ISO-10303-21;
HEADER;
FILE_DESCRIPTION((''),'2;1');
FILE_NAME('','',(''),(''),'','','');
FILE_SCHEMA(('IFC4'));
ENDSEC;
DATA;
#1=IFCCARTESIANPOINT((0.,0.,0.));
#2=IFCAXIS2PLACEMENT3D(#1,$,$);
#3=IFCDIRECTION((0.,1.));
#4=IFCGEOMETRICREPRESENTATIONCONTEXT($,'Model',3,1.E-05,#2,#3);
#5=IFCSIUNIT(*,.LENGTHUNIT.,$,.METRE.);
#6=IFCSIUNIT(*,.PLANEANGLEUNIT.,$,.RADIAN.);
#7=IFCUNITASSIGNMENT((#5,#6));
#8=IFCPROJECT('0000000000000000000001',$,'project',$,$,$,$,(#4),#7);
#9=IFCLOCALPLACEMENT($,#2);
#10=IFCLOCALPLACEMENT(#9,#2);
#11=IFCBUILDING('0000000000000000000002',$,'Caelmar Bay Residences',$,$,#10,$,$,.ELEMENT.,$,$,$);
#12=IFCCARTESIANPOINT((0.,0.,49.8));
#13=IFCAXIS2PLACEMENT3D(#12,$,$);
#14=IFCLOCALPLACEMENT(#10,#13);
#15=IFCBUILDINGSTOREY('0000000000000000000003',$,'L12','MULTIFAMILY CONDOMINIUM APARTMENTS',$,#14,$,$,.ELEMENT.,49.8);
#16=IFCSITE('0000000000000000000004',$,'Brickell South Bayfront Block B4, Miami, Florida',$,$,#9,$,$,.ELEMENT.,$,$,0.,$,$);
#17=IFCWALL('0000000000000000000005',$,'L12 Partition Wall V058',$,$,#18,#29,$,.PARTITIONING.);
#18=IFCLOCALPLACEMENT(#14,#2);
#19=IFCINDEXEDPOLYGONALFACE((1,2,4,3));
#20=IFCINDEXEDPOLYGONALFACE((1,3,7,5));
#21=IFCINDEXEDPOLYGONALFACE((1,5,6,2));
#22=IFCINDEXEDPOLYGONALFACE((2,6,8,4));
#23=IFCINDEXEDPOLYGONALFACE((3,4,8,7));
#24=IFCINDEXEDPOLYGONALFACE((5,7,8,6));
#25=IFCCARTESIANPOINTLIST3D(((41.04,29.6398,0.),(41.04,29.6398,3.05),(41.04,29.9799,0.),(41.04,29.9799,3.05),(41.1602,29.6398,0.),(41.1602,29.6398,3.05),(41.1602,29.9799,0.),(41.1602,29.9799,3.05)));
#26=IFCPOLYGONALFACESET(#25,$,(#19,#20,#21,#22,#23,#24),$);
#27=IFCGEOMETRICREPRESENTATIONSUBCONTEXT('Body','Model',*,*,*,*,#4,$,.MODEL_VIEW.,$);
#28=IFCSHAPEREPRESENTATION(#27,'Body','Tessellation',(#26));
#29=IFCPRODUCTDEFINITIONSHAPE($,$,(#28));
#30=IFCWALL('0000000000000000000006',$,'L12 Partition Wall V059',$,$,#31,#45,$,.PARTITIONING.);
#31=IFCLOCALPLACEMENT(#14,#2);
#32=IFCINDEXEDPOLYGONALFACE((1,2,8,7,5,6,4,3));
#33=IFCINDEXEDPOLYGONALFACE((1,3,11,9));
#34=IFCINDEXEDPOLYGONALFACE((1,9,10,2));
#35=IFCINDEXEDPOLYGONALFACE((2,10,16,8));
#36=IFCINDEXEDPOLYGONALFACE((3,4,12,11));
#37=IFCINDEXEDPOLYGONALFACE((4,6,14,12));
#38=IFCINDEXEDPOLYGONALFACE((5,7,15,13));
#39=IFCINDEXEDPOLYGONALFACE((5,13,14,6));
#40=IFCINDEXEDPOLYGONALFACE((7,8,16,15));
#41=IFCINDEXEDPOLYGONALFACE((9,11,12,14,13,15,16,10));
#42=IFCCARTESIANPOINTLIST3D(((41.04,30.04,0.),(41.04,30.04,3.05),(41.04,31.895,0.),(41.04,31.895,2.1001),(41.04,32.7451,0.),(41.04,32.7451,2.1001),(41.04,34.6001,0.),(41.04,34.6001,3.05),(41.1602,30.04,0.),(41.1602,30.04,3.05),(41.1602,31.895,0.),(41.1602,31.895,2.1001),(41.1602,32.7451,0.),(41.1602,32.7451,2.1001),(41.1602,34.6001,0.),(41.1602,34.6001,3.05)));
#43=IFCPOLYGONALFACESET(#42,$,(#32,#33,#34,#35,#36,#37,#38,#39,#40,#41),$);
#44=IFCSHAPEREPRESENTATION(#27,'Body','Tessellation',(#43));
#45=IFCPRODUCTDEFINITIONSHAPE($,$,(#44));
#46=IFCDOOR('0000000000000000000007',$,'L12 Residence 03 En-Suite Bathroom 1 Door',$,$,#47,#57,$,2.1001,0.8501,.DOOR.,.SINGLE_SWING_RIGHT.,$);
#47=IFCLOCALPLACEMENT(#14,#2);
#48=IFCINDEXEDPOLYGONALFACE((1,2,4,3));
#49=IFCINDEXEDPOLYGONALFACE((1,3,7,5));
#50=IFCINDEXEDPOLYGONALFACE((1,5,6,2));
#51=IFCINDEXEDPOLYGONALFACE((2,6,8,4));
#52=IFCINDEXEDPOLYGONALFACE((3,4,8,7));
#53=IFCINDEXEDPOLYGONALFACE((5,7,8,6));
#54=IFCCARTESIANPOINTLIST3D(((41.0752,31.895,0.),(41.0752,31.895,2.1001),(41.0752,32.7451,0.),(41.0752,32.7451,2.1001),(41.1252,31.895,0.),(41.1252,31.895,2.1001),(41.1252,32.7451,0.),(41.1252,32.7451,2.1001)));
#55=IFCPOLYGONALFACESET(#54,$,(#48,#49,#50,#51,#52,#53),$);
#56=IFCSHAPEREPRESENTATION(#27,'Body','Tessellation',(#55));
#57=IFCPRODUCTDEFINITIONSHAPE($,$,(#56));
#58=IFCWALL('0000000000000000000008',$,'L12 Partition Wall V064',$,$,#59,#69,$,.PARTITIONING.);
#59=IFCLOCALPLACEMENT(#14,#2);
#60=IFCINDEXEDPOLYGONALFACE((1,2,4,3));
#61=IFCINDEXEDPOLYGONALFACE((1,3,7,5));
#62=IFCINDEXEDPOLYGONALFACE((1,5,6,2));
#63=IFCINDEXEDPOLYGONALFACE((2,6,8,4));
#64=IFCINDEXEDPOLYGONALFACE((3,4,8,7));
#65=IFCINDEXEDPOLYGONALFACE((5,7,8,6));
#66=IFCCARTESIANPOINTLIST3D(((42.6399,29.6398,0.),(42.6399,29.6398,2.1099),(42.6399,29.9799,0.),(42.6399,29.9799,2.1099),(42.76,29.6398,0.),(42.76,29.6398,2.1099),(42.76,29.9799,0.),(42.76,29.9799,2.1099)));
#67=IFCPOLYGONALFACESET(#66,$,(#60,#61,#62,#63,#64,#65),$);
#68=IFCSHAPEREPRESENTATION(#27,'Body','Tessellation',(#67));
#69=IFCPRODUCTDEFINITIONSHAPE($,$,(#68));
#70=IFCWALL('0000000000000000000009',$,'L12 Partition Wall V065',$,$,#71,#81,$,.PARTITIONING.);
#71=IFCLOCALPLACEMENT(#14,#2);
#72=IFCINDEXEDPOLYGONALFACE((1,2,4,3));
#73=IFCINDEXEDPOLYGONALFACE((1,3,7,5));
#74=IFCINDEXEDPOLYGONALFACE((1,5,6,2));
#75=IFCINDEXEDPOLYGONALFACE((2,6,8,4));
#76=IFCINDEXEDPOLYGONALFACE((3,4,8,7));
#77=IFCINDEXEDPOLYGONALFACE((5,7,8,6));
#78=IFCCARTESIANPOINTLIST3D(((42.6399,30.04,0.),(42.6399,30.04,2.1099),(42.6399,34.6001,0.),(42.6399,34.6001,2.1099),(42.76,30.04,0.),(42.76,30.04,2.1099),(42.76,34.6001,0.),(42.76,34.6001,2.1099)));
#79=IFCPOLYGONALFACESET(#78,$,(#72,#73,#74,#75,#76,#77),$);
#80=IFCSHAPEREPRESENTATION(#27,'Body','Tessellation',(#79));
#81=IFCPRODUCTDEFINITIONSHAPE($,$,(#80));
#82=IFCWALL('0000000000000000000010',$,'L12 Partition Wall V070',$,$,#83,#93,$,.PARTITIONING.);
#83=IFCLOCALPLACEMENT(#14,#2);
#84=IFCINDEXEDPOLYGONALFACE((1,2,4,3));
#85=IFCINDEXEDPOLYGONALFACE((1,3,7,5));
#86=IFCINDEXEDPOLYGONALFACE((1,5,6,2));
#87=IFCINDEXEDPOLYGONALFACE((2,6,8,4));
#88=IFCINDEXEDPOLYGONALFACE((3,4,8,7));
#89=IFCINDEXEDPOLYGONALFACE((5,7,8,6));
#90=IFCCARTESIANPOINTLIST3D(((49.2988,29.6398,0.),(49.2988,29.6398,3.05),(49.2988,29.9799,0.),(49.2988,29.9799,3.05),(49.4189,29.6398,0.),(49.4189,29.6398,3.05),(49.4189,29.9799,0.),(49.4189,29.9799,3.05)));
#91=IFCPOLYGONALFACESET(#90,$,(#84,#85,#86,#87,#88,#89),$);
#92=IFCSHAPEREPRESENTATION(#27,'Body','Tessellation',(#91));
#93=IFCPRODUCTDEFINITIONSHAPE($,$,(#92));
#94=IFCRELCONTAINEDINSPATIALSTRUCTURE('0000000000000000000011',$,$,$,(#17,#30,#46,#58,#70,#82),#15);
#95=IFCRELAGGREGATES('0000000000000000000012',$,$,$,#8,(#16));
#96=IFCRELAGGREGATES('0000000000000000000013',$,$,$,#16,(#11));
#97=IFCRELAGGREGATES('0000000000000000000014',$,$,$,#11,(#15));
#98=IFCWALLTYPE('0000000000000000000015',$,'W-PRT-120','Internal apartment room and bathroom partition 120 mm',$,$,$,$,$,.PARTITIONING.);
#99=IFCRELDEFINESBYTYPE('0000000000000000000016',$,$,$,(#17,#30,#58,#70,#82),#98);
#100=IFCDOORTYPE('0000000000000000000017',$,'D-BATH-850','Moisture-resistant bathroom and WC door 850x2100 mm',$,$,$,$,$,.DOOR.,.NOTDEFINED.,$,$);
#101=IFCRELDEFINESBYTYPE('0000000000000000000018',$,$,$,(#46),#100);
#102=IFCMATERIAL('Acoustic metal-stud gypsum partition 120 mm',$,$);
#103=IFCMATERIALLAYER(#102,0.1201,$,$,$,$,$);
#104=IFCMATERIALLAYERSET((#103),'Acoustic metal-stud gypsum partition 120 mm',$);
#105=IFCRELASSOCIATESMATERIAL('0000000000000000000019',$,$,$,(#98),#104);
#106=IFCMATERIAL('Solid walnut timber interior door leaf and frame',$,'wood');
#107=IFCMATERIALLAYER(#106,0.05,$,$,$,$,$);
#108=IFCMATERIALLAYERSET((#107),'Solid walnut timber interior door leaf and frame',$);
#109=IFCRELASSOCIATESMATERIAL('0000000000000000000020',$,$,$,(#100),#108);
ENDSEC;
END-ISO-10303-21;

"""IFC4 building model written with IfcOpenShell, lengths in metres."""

from ifc_helpers import new_model, si_unit, direction, frame, frame_2d, origin, place, context, subcontext, project, spatial, rectangle, extrude, material, layer, layer_set, type_object, element, fill, save


model = new_model("IFC4")

# Units and contexts
model_context = context("Model", 3, precision=1e-05, world=origin(), true_north=direction((0.0, 1.0)))
body_context = subcontext(model_context, "Body", "Model", "MODEL_VIEW")
ifc_project = project(units=[si_unit("LENGTHUNIT", "METRE"), si_unit("PLANEANGLEUNIT", "RADIAN")], contexts=[model_context])

# Site, building, storey
site_placement = place(None, origin())
site = spatial("IfcSite", under=ifc_project, at=site_placement, Name="Brickell South Bayfront Block B4, Miami, Florida", CompositionType="ELEMENT", RefElevation=0.0)
building_placement = place(site_placement, origin())
building = spatial("IfcBuilding", under=site, at=building_placement, Name="Caelmar Bay Residences", CompositionType="ELEMENT")
storey_placement = place(building_placement, frame((0.0, 0.0, 49.8)))
storey = spatial("IfcBuildingStorey", under=building, at=storey_placement, Name="L12", Description="MULTIFAMILY CONDOMINIUM APARTMENTS", CompositionType="ELEMENT", Elevation=49.8)

# Wall
ifc_material_1 = material(Name="Acoustic metal-stud gypsum partition 120 mm")
ifc_layer_1 = layer(ifc_material_1, 0.1201)
ifc_layer_set_1 = layer_set([ifc_layer_1], Name="Acoustic metal-stud gypsum partition 120 mm")
wall_type_1 = type_object("IfcWallType", Name="W-PRT-120", Description="Internal apartment room and bathroom partition 120 mm", PredefinedType="PARTITIONING", material=ifc_layer_set_1)
wall_1_placement = place(storey_placement, frame((41.1001, 29.6399, 0.0), z_axis=(0.0, 0.0, 1.0), x_axis=(0.0, 1.0, 0.0)))
element("IfcWall", 1, at=wall_1_placement, inside=storey, type_object=wall_type_1, Name="L12 Partition Wall V058", PredefinedType="PARTITIONING", context=body_context, shape_type="SweptSolid", body=[
    extrude(rectangle(XDim=0.3401, YDim=0.1201, at=frame_2d((0.1699, 0.0))), origin(), (0.0, 0.0, 1.0), 3.05),
])

# Wall, opening, door
wall_2_placement = place(storey_placement, frame((41.1001, 30.04, 0.0), z_axis=(0.0, 0.0, 1.0), x_axis=(0.0, 1.0, 0.0)))
wall_2 = element("IfcWall", 2, at=wall_2_placement, inside=storey, type_object=wall_type_1, Name="L12 Partition Wall V059", PredefinedType="PARTITIONING", context=body_context, shape_type="SweptSolid", body=[
    extrude(rectangle(XDim=4.5601, YDim=0.1201, at=frame_2d((2.28, 0.0))), origin(), (0.0, 0.0, 1.0), 3.05),
])
opening_placement = place(wall_2_placement, frame((1.855, 0.0, 0.0)))
opening = element("IfcOpeningElement", 3, at=opening_placement, cuts=wall_2, PredefinedType="OPENING", context=body_context, shape_type="SweptSolid", body=[
    extrude(rectangle(XDim=0.8501, YDim=2.1001, at=frame_2d((0.425, 1.05))), frame((0.0, 0.0701, 0.0), z_axis=(0.0, -1.0, 0.0), x_axis=(1.0, 0.0, 0.0)), (0.0, 0.0, 1.0), 0.1401),
])
ifc_material_2 = material(Name="Solid walnut timber interior door leaf and frame", Category="wood")
ifc_layer_2 = layer(ifc_material_2, 0.05)
ifc_layer_set_2 = layer_set([ifc_layer_2], Name="Solid walnut timber interior door leaf and frame")
door_type = type_object("IfcDoorType", Name="D-BATH-850", Description="Moisture-resistant bathroom and WC door 850x2100 mm", OperationType="NOTDEFINED", PredefinedType="DOOR", material=ifc_layer_set_2)
door_placement = place(opening_placement, origin())
door = element("IfcDoor", 4, at=door_placement, inside=storey, type_object=door_type, Name="L12 Residence 03 En-Suite Bathroom 1 Door", OperationType="SINGLE_SWING_RIGHT", OverallHeight=2.1001, OverallWidth=0.8501, PredefinedType="DOOR", context=body_context, shape_type="SweptSolid", body=[
    extrude(rectangle(XDim=0.8501, YDim=2.1001, at=frame_2d((0.425, 1.05))), frame((0.0, 0.0249, 0.0), z_axis=(0.0, -1.0, 0.0), x_axis=(1.0, 0.0, 0.0)), (0.0, 0.0, 1.0), 0.05),
])
fill(opening, door)

# Walls
wall_3_placement = place(storey_placement, frame((42.7, 29.6399, 0.0), z_axis=(0.0, 0.0, 1.0), x_axis=(0.0, 1.0, 0.0)))
element("IfcWall", 5, at=wall_3_placement, inside=storey, type_object=wall_type_1, Name="L12 Partition Wall V064", PredefinedType="PARTITIONING", context=body_context, shape_type="SweptSolid", body=[
    extrude(rectangle(XDim=0.3401, YDim=0.1201, at=frame_2d((0.1699, 0.0))), origin(), (0.0, 0.0, 1.0), 2.1099),
])
wall_4_placement = place(storey_placement, frame((42.7, 30.04, 0.0), z_axis=(0.0, 0.0, 1.0), x_axis=(0.0, 1.0, 0.0)))
element("IfcWall", 6, at=wall_4_placement, inside=storey, type_object=wall_type_1, Name="L12 Partition Wall V065", PredefinedType="PARTITIONING", context=body_context, shape_type="SweptSolid", body=[
    extrude(rectangle(XDim=4.5601, YDim=0.1201, at=frame_2d((2.28, 0.0))), origin(), (0.0, 0.0, 1.0), 2.1099),
])
wall_5_placement = place(storey_placement, frame((49.3589, 29.6399, 0.0), z_axis=(0.0, 0.0, 1.0), x_axis=(0.0, 1.0, 0.0)))
element("IfcWall", 7, at=wall_5_placement, inside=storey, type_object=wall_type_1, Name="L12 Partition Wall V070", PredefinedType="PARTITIONING", context=body_context, shape_type="SweptSolid", body=[
    extrude(rectangle(XDim=0.3401, YDim=0.1201, at=frame_2d((0.1699, 0.0))), origin(), (0.0, 0.0, 1.0), 3.05),
])

save(model, "model.ifc")
